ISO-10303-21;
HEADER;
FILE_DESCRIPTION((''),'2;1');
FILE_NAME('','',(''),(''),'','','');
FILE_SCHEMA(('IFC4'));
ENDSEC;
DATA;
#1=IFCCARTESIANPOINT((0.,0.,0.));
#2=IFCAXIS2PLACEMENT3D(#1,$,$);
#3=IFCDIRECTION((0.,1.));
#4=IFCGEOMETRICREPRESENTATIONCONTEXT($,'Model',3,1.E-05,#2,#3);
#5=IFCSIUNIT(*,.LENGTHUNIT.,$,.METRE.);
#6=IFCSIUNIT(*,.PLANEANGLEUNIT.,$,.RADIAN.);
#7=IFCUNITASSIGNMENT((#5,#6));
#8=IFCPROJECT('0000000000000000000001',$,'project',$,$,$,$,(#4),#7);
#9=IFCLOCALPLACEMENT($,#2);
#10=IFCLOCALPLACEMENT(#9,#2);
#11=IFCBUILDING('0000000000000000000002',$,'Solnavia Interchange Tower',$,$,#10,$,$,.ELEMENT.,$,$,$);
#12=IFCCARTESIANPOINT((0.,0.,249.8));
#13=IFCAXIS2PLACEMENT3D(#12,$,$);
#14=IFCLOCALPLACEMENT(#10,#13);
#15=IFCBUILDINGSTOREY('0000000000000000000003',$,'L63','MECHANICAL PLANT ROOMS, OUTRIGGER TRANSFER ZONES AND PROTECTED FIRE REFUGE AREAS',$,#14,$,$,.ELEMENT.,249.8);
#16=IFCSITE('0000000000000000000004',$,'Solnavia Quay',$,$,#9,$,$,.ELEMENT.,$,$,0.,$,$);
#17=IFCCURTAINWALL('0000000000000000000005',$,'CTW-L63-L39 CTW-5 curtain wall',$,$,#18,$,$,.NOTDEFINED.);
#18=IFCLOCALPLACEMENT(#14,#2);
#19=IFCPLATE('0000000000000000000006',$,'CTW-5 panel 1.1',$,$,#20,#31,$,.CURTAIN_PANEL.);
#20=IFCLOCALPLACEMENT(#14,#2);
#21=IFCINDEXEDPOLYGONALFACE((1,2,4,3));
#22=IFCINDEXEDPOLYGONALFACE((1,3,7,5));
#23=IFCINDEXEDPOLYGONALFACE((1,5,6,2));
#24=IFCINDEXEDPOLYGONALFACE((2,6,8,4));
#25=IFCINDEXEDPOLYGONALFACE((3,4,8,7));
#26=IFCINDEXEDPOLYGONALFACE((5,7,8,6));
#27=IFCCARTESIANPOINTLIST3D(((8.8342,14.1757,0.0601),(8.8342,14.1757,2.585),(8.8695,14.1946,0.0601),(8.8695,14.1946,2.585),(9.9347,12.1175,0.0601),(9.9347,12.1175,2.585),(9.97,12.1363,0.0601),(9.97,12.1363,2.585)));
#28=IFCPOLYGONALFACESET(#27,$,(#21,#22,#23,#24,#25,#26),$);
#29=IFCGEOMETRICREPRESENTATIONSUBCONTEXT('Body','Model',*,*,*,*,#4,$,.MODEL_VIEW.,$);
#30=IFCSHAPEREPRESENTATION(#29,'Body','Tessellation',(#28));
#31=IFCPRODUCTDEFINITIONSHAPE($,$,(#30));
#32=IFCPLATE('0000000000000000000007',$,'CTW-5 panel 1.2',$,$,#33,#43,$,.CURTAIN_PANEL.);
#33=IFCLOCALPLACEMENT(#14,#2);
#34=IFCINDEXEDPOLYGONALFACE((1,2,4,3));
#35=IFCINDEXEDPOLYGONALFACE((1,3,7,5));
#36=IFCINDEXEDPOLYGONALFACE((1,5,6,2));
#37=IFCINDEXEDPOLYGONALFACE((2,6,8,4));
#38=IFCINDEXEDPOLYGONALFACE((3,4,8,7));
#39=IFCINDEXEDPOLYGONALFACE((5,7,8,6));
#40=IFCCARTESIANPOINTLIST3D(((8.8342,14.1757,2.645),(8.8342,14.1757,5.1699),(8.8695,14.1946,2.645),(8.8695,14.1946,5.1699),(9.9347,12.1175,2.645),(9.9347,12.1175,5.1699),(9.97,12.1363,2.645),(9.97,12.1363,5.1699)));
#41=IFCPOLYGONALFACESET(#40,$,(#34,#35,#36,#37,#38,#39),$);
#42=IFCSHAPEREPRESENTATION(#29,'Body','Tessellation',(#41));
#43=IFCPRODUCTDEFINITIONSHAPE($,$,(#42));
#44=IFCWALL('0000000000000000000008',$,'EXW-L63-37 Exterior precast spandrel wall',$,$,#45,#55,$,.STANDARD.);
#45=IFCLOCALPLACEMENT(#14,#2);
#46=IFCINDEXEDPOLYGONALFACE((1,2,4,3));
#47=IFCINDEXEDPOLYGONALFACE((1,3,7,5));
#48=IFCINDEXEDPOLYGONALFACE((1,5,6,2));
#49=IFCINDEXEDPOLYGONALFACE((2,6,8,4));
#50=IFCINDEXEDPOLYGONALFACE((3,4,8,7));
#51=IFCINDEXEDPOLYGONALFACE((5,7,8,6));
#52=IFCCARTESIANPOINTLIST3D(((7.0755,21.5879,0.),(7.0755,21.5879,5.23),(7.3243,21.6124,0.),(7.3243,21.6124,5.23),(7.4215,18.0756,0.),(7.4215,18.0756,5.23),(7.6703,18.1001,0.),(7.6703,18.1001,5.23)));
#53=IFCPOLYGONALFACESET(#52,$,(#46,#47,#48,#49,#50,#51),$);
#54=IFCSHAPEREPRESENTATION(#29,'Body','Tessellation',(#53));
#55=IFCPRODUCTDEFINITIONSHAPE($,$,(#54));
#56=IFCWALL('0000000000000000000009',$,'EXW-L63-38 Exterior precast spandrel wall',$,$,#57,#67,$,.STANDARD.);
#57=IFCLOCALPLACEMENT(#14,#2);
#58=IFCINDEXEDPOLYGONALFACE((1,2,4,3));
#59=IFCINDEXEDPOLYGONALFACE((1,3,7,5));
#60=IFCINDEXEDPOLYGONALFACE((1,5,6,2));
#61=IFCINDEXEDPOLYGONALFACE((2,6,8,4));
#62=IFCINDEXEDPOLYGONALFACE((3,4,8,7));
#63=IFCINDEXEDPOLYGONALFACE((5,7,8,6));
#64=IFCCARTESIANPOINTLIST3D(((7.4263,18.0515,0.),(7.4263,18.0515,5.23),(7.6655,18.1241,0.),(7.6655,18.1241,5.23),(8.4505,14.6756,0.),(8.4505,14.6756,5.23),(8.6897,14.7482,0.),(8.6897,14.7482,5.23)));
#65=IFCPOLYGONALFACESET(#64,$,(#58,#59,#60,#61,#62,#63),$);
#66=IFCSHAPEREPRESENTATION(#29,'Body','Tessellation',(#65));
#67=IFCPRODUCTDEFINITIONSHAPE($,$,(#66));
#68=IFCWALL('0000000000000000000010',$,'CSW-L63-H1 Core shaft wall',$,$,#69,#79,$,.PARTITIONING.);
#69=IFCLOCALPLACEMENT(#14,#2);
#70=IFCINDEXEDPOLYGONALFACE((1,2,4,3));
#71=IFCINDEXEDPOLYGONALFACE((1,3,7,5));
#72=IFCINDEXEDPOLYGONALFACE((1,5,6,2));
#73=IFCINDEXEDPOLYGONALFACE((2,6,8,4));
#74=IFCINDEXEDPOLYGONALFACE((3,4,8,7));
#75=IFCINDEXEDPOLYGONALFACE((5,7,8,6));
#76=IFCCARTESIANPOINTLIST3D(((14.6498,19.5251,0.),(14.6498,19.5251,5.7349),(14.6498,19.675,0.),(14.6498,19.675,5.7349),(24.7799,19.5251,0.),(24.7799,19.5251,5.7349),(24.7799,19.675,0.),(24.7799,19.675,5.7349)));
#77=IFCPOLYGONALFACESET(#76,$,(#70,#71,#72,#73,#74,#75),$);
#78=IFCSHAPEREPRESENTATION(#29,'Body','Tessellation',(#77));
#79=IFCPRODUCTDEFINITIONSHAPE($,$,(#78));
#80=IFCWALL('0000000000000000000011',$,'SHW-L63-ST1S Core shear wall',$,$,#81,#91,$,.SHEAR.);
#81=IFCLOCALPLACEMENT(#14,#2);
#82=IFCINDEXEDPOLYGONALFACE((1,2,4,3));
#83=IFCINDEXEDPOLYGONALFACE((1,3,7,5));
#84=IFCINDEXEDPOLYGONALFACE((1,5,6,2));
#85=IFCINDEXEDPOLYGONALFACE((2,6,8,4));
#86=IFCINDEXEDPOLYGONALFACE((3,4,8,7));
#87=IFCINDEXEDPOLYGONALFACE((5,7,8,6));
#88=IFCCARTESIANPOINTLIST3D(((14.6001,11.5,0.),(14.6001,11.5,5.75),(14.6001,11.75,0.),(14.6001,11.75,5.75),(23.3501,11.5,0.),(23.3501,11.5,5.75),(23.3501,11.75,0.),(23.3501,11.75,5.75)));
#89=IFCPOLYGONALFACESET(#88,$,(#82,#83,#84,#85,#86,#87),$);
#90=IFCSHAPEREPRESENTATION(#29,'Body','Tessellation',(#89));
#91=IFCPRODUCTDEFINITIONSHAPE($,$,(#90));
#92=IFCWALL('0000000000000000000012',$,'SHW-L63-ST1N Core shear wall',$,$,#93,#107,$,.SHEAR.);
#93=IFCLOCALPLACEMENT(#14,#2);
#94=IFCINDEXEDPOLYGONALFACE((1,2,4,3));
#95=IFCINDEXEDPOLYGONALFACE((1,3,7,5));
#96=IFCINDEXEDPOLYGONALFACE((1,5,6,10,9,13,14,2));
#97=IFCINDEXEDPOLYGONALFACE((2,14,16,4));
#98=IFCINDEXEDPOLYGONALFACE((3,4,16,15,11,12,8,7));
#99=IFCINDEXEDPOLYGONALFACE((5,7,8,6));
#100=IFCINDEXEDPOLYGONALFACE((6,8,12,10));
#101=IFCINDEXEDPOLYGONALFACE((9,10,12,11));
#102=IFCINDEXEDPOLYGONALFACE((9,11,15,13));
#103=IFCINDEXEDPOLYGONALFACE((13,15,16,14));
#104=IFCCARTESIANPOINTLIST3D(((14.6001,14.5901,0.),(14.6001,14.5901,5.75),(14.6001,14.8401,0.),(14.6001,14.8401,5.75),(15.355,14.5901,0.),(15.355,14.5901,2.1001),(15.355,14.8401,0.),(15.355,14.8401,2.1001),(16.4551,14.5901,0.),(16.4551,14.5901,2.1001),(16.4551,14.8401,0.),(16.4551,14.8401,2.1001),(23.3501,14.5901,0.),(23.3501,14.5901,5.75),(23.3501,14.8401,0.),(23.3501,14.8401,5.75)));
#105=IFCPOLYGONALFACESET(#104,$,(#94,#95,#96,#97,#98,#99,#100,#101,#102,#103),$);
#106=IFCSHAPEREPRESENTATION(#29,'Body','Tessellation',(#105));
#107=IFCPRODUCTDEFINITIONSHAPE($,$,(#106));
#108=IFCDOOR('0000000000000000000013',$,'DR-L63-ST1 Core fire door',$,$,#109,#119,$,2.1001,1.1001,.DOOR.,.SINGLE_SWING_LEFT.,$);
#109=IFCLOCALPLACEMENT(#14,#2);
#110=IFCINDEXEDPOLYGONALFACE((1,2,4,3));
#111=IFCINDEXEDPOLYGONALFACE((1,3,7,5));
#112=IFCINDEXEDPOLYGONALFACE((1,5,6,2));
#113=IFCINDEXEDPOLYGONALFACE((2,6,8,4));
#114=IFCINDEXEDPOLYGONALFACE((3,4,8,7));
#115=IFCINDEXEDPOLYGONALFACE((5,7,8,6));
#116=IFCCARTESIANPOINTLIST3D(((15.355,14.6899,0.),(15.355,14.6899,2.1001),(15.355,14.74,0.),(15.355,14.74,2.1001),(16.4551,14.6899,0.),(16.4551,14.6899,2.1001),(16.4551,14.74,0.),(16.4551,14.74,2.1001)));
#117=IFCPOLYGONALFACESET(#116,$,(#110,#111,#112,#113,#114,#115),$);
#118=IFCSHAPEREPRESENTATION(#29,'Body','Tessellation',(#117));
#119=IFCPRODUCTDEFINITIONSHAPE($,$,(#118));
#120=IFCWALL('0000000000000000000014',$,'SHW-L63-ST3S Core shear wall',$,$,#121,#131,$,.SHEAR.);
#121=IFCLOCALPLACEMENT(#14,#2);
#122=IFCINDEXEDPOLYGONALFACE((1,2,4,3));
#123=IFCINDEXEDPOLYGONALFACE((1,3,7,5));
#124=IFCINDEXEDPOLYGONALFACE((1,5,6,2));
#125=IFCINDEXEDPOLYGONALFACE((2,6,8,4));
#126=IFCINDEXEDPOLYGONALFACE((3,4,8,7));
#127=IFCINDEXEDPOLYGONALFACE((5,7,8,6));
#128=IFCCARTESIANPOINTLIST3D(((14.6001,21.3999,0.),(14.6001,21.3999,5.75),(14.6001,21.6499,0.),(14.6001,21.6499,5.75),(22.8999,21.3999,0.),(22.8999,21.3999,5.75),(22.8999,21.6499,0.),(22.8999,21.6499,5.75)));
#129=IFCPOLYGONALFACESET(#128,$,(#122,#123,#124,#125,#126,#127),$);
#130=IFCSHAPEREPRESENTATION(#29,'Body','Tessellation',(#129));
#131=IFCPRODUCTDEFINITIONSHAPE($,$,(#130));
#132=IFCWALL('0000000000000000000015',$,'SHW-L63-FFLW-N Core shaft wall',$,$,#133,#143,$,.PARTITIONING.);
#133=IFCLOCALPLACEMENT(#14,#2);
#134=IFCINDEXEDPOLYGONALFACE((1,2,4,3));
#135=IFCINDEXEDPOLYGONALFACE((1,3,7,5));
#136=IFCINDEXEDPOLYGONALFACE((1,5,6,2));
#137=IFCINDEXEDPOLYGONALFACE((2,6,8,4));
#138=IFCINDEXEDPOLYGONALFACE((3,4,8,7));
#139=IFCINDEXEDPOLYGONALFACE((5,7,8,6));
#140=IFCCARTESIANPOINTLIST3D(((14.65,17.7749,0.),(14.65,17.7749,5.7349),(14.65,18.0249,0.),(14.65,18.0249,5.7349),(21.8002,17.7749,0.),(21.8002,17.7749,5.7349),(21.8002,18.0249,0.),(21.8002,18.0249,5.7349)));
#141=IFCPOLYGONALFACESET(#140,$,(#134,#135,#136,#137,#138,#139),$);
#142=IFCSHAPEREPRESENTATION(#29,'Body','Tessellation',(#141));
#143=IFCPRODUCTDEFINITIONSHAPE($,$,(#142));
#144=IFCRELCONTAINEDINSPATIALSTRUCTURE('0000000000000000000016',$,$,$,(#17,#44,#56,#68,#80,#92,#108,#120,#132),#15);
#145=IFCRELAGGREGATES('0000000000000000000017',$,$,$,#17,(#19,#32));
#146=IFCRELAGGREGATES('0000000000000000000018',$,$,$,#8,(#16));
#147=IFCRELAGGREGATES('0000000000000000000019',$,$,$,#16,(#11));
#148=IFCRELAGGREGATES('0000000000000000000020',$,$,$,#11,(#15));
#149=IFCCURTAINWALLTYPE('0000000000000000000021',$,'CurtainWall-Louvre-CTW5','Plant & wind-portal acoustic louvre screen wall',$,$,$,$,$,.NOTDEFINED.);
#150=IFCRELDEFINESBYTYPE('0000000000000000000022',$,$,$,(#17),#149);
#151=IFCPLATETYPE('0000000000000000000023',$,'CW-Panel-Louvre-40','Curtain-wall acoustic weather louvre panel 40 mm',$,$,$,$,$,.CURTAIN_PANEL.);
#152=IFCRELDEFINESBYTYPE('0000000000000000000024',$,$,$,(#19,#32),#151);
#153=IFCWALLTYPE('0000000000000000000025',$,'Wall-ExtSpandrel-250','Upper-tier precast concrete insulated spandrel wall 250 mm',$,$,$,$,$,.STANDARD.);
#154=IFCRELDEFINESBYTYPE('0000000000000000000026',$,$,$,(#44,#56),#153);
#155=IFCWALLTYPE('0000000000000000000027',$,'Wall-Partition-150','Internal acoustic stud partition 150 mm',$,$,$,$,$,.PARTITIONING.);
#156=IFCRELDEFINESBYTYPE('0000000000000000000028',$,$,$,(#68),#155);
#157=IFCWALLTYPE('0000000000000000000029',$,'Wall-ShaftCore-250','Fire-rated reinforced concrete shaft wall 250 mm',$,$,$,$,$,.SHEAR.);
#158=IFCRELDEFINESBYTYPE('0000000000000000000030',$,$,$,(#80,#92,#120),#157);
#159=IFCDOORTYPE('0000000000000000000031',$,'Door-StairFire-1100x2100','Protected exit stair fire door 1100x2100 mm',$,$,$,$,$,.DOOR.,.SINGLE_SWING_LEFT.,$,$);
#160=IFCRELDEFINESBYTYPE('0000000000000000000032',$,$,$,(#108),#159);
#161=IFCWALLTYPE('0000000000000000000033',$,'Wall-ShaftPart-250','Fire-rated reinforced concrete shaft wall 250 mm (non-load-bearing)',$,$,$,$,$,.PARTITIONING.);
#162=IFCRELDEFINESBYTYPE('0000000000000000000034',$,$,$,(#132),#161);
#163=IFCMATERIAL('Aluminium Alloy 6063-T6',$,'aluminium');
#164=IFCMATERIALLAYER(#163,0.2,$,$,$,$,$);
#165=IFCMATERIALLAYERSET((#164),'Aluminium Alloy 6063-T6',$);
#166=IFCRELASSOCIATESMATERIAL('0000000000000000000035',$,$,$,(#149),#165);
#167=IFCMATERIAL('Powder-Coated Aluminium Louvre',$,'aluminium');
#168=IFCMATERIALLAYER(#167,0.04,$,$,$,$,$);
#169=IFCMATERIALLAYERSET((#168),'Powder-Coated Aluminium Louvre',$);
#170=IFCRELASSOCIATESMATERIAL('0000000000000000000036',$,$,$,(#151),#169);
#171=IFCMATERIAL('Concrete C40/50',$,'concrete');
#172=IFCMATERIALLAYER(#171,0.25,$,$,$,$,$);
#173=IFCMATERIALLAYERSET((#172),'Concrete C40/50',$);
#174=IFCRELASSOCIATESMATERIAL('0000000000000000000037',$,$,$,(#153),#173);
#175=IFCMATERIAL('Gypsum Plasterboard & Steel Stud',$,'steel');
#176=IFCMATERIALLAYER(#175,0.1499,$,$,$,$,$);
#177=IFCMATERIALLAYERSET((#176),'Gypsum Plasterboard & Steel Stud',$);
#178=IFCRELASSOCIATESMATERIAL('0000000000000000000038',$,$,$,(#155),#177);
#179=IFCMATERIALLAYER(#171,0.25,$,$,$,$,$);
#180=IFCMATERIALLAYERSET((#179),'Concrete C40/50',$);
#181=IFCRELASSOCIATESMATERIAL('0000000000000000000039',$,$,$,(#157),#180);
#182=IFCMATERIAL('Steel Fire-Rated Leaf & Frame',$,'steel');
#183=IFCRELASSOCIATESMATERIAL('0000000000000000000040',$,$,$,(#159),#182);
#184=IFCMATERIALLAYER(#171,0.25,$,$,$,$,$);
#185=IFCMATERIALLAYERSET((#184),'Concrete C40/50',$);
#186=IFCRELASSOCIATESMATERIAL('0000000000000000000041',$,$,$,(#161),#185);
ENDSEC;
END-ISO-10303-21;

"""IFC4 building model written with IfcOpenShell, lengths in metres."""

from ifc_helpers import new_model, si_unit, direction, frame, frame_2d, origin, origin_2d, place, context, subcontext, project, spatial, rectangle, extrude, material, layer, layer_set, type_object, element, fill, aggregate, save


model = new_model("IFC4")

# Units and contexts
model_context = context("Model", 3, precision=1e-05, world=origin(), true_north=direction((0.0, 1.0)))
body_context = subcontext(model_context, "Body", "Model", "MODEL_VIEW")
ifc_project = project(units=[si_unit("LENGTHUNIT", "METRE"), si_unit("PLANEANGLEUNIT", "RADIAN")], contexts=[model_context])

# Site, building, storey
site_placement = place(None, origin())
site = spatial("IfcSite", under=ifc_project, at=site_placement, Name="Solnavia Quay", CompositionType="ELEMENT", RefElevation=0.0)
building_placement = place(site_placement, origin())
building = spatial("IfcBuilding", under=site, at=building_placement, Name="Solnavia Interchange Tower", CompositionType="ELEMENT")
storey_placement = place(building_placement, frame((0.0, 0.0, 249.8)))
storey = spatial("IfcBuildingStorey", under=building, at=storey_placement, Name="L63", Description="MECHANICAL PLANT ROOMS, OUTRIGGER TRANSFER ZONES AND PROTECTED FIRE REFUGE AREAS", CompositionType="ELEMENT", Elevation=249.8)

# Curtain wall, plates
ifc_material_1 = material(Name="Aluminium Alloy 6063-T6", Category="aluminium")
ifc_layer_1 = layer(ifc_material_1, 0.2)
ifc_layer_set_1 = layer_set([ifc_layer_1], Name="Aluminium Alloy 6063-T6")
curtain_wall_type = type_object("IfcCurtainWallType", Name="CurtainWall-Louvre-CTW5", Description="Plant & wind-portal acoustic louvre screen wall", PredefinedType="NOTDEFINED", material=ifc_layer_set_1)
curtain_wall_placement = place(storey_placement, origin())
curtain_wall = element("IfcCurtainWall", 1, at=curtain_wall_placement, inside=storey, type_object=curtain_wall_type, Name="CTW-L63-L39 CTW-5 curtain wall", PredefinedType="NOTDEFINED")
ifc_material_2 = material(Name="Powder-Coated Aluminium Louvre", Category="aluminium")
ifc_layer_2 = layer(ifc_material_2, 0.04)
ifc_layer_set_2 = layer_set([ifc_layer_2], Name="Powder-Coated Aluminium Louvre")
plate_type = type_object("IfcPlateType", Name="CW-Panel-Louvre-40", Description="Curtain-wall acoustic weather louvre panel 40 mm", PredefinedType="CURTAIN_PANEL", material=ifc_layer_set_2)
plate_1_placement = place(storey_placement, frame((9.4021, 13.156, 0.0601), z_axis=(0.0, 0.0, 1.0), x_axis=(0.471527, -0.881851, 0.0)))
plate_1 = element("IfcPlate", 2, at=plate_1_placement, type_object=plate_type, Name="CTW-5 panel 1.1", PredefinedType="CURTAIN_PANEL", context=body_context, shape_type="SweptSolid", body=[
    extrude(rectangle(XDim=2.334, YDim=0.04, at=origin_2d()), origin(), (0.0, 0.0, 1.0), 2.5249),
])
plate_2_placement = place(storey_placement, frame((9.4021, 13.156, 2.645), z_axis=(0.0, 0.0, 1.0), x_axis=(0.471527, -0.881851, 0.0)))
plate_2 = element("IfcPlate", 3, at=plate_2_placement, type_object=plate_type, Name="CTW-5 panel 1.2", PredefinedType="CURTAIN_PANEL", context=body_context, shape_type="SweptSolid", body=[
    extrude(rectangle(XDim=2.334, YDim=0.04, at=origin_2d()), origin(), (0.0, 0.0, 1.0), 2.5249),
])
aggregate(curtain_wall, [plate_1, plate_2])

# Walls
ifc_material_3 = material(Name="Concrete C40/50", Category="concrete")
ifc_layer_3 = layer(ifc_material_3, 0.25)
ifc_layer_set_3 = layer_set([ifc_layer_3], Name="Concrete C40/50")
wall_type_1 = type_object("IfcWallType", Name="Wall-ExtSpandrel-250", Description="Upper-tier precast concrete insulated spandrel wall 250 mm", PredefinedType="STANDARD", material=ifc_layer_set_3)
wall_1_placement = place(storey_placement, frame((7.5459, 18.0879, 0.0), z_axis=(0.0, 0.0, 1.0), x_axis=(-0.098024, 0.995184, 0.0)))
element("IfcWall", 4, at=wall_1_placement, inside=storey, type_object=wall_type_1, Name="EXW-L63-37 Exterior precast spandrel wall", PredefinedType="STANDARD", context=body_context, shape_type="SweptSolid", body=[
    extrude(rectangle(XDim=3.5293, YDim=0.25, at=frame_2d((1.7646, 0.0))), origin(), (0.0, 0.0, 1.0), 5.23),
])
wall_2_placement = place(storey_placement, frame((8.5701, 14.7119, 0.0), z_axis=(0.0, 0.0, 1.0), x_axis=(-0.290305, 0.956934, 0.0)))
element("IfcWall", 5, at=wall_2_placement, inside=storey, type_object=wall_type_1, Name="EXW-L63-38 Exterior precast spandrel wall", PredefinedType="STANDARD", context=body_context, shape_type="SweptSolid", body=[
    extrude(rectangle(XDim=3.5278, YDim=0.25, at=frame_2d((1.7639, 0.0))), origin(), (0.0, 0.0, 1.0), 5.23),
])
ifc_material_4 = material(Name="Gypsum Plasterboard & Steel Stud", Category="steel")
ifc_layer_4 = layer(ifc_material_4, 0.1499)
ifc_layer_set_4 = layer_set([ifc_layer_4], Name="Gypsum Plasterboard & Steel Stud")
wall_type_2 = type_object("IfcWallType", Name="Wall-Partition-150", Description="Internal acoustic stud partition 150 mm", PredefinedType="PARTITIONING", material=ifc_layer_set_4)
wall_3_placement = place(storey_placement, frame((14.6499, 19.6001, 0.0), z_axis=(0.0, 0.0, 1.0), x_axis=(1.0, 0.0, 0.0)))
element("IfcWall", 6, at=wall_3_placement, inside=storey, type_object=wall_type_2, Name="CSW-L63-H1 Core shaft wall", PredefinedType="PARTITIONING", context=body_context, shape_type="SweptSolid", body=[
    extrude(rectangle(XDim=10.1301, YDim=0.1499, at=frame_2d((5.0649, 0.0))), origin(), (0.0, 0.0, 1.0), 5.7349),
])
ifc_layer_5 = layer(ifc_material_3, 0.25)
ifc_layer_set_5 = layer_set([ifc_layer_5], Name="Concrete C40/50")
wall_type_3 = type_object("IfcWallType", Name="Wall-ShaftCore-250", Description="Fire-rated reinforced concrete shaft wall 250 mm", PredefinedType="SHEAR", material=ifc_layer_set_5)
wall_4_placement = place(storey_placement, frame((14.6001, 11.625, 0.0), z_axis=(0.0, 0.0, 1.0), x_axis=(1.0, 0.0, 0.0)))
element("IfcWall", 7, at=wall_4_placement, inside=storey, type_object=wall_type_3, Name="SHW-L63-ST1S Core shear wall", PredefinedType="SHEAR", context=body_context, shape_type="SweptSolid", body=[
    extrude(rectangle(XDim=8.75, YDim=0.25, at=frame_2d((4.375, 0.0))), origin(), (0.0, 0.0, 1.0), 5.75),
])

# Wall, opening, door
wall_5_placement = place(storey_placement, frame((14.6001, 14.7151, 0.0), z_axis=(0.0, 0.0, 1.0), x_axis=(1.0, 0.0, 0.0)))
wall_5 = element("IfcWall", 8, at=wall_5_placement, inside=storey, type_object=wall_type_3, Name="SHW-L63-ST1N Core shear wall", PredefinedType="SHEAR", context=body_context, shape_type="SweptSolid", body=[
    extrude(rectangle(XDim=8.75, YDim=0.25, at=frame_2d((4.375, 0.0))), origin(), (0.0, 0.0, 1.0), 5.75),
])
opening_placement = place(wall_5_placement, frame((0.7549, 0.0, 0.0)))
opening = element("IfcOpeningElement", 9, at=opening_placement, cuts=wall_5, PredefinedType="OPENING", context=body_context, shape_type="SweptSolid", body=[
    extrude(rectangle(XDim=1.1001, YDim=2.1001, at=frame_2d((0.55, 1.05))), frame((0.0, 0.135, 0.0), z_axis=(0.0, -1.0, 0.0), x_axis=(1.0, 0.0, 0.0)), (0.0, 0.0, 1.0), 0.27),
])
ifc_material_5 = material(Name="Steel Fire-Rated Leaf & Frame", Category="steel")
door_type = type_object("IfcDoorType", Name="Door-StairFire-1100x2100", Description="Protected exit stair fire door 1100x2100 mm", OperationType="SINGLE_SWING_LEFT", PredefinedType="DOOR", material=ifc_material_5)
door_placement = place(opening_placement, origin())
door = element("IfcDoor", 10, at=door_placement, inside=storey, type_object=door_type, Name="DR-L63-ST1 Core fire door", OperationType="SINGLE_SWING_LEFT", OverallHeight=2.1001, OverallWidth=1.1001, PredefinedType="DOOR", context=body_context, shape_type="SweptSolid", body=[
    extrude(rectangle(XDim=1.1001, YDim=2.1001, at=frame_2d((0.55, 1.05))), frame((0.0, 0.0249, 0.0), z_axis=(0.0, -1.0, 0.0), x_axis=(1.0, 0.0, 0.0)), (0.0, 0.0, 1.0), 0.05),
])
fill(opening, door)

# Walls
wall_6_placement = place(storey_placement, frame((14.6001, 21.5249, 0.0), z_axis=(0.0, 0.0, 1.0), x_axis=(1.0, 0.0, 0.0)))
element("IfcWall", 11, at=wall_6_placement, inside=storey, type_object=wall_type_3, Name="SHW-L63-ST3S Core shear wall", PredefinedType="SHEAR", context=body_context, shape_type="SweptSolid", body=[
    extrude(rectangle(XDim=8.2998, YDim=0.25, at=frame_2d((4.1499, 0.0))), origin(), (0.0, 0.0, 1.0), 5.75),
])
ifc_layer_6 = layer(ifc_material_3, 0.25)
ifc_layer_set_6 = layer_set([ifc_layer_6], Name="Concrete C40/50")
wall_type_4 = type_object("IfcWallType", Name="Wall-ShaftPart-250", Description="Fire-rated reinforced concrete shaft wall 250 mm (non-load-bearing)", PredefinedType="PARTITIONING", material=ifc_layer_set_6)
wall_7_placement = place(storey_placement, frame((14.6499, 17.8999, 0.0), z_axis=(0.0, 0.0, 1.0), x_axis=(1.0, 0.0, 0.0)))
element("IfcWall", 12, at=wall_7_placement, inside=storey, type_object=wall_type_4, Name="SHW-L63-FFLW-N Core shaft wall", PredefinedType="PARTITIONING", context=body_context, shape_type="SweptSolid", body=[
    extrude(rectangle(XDim=7.1501, YDim=0.25, at=frame_2d((3.5752, 0.0))), origin(), (0.0, 0.0, 1.0), 5.7349),
])

save(model, "model.ifc")
